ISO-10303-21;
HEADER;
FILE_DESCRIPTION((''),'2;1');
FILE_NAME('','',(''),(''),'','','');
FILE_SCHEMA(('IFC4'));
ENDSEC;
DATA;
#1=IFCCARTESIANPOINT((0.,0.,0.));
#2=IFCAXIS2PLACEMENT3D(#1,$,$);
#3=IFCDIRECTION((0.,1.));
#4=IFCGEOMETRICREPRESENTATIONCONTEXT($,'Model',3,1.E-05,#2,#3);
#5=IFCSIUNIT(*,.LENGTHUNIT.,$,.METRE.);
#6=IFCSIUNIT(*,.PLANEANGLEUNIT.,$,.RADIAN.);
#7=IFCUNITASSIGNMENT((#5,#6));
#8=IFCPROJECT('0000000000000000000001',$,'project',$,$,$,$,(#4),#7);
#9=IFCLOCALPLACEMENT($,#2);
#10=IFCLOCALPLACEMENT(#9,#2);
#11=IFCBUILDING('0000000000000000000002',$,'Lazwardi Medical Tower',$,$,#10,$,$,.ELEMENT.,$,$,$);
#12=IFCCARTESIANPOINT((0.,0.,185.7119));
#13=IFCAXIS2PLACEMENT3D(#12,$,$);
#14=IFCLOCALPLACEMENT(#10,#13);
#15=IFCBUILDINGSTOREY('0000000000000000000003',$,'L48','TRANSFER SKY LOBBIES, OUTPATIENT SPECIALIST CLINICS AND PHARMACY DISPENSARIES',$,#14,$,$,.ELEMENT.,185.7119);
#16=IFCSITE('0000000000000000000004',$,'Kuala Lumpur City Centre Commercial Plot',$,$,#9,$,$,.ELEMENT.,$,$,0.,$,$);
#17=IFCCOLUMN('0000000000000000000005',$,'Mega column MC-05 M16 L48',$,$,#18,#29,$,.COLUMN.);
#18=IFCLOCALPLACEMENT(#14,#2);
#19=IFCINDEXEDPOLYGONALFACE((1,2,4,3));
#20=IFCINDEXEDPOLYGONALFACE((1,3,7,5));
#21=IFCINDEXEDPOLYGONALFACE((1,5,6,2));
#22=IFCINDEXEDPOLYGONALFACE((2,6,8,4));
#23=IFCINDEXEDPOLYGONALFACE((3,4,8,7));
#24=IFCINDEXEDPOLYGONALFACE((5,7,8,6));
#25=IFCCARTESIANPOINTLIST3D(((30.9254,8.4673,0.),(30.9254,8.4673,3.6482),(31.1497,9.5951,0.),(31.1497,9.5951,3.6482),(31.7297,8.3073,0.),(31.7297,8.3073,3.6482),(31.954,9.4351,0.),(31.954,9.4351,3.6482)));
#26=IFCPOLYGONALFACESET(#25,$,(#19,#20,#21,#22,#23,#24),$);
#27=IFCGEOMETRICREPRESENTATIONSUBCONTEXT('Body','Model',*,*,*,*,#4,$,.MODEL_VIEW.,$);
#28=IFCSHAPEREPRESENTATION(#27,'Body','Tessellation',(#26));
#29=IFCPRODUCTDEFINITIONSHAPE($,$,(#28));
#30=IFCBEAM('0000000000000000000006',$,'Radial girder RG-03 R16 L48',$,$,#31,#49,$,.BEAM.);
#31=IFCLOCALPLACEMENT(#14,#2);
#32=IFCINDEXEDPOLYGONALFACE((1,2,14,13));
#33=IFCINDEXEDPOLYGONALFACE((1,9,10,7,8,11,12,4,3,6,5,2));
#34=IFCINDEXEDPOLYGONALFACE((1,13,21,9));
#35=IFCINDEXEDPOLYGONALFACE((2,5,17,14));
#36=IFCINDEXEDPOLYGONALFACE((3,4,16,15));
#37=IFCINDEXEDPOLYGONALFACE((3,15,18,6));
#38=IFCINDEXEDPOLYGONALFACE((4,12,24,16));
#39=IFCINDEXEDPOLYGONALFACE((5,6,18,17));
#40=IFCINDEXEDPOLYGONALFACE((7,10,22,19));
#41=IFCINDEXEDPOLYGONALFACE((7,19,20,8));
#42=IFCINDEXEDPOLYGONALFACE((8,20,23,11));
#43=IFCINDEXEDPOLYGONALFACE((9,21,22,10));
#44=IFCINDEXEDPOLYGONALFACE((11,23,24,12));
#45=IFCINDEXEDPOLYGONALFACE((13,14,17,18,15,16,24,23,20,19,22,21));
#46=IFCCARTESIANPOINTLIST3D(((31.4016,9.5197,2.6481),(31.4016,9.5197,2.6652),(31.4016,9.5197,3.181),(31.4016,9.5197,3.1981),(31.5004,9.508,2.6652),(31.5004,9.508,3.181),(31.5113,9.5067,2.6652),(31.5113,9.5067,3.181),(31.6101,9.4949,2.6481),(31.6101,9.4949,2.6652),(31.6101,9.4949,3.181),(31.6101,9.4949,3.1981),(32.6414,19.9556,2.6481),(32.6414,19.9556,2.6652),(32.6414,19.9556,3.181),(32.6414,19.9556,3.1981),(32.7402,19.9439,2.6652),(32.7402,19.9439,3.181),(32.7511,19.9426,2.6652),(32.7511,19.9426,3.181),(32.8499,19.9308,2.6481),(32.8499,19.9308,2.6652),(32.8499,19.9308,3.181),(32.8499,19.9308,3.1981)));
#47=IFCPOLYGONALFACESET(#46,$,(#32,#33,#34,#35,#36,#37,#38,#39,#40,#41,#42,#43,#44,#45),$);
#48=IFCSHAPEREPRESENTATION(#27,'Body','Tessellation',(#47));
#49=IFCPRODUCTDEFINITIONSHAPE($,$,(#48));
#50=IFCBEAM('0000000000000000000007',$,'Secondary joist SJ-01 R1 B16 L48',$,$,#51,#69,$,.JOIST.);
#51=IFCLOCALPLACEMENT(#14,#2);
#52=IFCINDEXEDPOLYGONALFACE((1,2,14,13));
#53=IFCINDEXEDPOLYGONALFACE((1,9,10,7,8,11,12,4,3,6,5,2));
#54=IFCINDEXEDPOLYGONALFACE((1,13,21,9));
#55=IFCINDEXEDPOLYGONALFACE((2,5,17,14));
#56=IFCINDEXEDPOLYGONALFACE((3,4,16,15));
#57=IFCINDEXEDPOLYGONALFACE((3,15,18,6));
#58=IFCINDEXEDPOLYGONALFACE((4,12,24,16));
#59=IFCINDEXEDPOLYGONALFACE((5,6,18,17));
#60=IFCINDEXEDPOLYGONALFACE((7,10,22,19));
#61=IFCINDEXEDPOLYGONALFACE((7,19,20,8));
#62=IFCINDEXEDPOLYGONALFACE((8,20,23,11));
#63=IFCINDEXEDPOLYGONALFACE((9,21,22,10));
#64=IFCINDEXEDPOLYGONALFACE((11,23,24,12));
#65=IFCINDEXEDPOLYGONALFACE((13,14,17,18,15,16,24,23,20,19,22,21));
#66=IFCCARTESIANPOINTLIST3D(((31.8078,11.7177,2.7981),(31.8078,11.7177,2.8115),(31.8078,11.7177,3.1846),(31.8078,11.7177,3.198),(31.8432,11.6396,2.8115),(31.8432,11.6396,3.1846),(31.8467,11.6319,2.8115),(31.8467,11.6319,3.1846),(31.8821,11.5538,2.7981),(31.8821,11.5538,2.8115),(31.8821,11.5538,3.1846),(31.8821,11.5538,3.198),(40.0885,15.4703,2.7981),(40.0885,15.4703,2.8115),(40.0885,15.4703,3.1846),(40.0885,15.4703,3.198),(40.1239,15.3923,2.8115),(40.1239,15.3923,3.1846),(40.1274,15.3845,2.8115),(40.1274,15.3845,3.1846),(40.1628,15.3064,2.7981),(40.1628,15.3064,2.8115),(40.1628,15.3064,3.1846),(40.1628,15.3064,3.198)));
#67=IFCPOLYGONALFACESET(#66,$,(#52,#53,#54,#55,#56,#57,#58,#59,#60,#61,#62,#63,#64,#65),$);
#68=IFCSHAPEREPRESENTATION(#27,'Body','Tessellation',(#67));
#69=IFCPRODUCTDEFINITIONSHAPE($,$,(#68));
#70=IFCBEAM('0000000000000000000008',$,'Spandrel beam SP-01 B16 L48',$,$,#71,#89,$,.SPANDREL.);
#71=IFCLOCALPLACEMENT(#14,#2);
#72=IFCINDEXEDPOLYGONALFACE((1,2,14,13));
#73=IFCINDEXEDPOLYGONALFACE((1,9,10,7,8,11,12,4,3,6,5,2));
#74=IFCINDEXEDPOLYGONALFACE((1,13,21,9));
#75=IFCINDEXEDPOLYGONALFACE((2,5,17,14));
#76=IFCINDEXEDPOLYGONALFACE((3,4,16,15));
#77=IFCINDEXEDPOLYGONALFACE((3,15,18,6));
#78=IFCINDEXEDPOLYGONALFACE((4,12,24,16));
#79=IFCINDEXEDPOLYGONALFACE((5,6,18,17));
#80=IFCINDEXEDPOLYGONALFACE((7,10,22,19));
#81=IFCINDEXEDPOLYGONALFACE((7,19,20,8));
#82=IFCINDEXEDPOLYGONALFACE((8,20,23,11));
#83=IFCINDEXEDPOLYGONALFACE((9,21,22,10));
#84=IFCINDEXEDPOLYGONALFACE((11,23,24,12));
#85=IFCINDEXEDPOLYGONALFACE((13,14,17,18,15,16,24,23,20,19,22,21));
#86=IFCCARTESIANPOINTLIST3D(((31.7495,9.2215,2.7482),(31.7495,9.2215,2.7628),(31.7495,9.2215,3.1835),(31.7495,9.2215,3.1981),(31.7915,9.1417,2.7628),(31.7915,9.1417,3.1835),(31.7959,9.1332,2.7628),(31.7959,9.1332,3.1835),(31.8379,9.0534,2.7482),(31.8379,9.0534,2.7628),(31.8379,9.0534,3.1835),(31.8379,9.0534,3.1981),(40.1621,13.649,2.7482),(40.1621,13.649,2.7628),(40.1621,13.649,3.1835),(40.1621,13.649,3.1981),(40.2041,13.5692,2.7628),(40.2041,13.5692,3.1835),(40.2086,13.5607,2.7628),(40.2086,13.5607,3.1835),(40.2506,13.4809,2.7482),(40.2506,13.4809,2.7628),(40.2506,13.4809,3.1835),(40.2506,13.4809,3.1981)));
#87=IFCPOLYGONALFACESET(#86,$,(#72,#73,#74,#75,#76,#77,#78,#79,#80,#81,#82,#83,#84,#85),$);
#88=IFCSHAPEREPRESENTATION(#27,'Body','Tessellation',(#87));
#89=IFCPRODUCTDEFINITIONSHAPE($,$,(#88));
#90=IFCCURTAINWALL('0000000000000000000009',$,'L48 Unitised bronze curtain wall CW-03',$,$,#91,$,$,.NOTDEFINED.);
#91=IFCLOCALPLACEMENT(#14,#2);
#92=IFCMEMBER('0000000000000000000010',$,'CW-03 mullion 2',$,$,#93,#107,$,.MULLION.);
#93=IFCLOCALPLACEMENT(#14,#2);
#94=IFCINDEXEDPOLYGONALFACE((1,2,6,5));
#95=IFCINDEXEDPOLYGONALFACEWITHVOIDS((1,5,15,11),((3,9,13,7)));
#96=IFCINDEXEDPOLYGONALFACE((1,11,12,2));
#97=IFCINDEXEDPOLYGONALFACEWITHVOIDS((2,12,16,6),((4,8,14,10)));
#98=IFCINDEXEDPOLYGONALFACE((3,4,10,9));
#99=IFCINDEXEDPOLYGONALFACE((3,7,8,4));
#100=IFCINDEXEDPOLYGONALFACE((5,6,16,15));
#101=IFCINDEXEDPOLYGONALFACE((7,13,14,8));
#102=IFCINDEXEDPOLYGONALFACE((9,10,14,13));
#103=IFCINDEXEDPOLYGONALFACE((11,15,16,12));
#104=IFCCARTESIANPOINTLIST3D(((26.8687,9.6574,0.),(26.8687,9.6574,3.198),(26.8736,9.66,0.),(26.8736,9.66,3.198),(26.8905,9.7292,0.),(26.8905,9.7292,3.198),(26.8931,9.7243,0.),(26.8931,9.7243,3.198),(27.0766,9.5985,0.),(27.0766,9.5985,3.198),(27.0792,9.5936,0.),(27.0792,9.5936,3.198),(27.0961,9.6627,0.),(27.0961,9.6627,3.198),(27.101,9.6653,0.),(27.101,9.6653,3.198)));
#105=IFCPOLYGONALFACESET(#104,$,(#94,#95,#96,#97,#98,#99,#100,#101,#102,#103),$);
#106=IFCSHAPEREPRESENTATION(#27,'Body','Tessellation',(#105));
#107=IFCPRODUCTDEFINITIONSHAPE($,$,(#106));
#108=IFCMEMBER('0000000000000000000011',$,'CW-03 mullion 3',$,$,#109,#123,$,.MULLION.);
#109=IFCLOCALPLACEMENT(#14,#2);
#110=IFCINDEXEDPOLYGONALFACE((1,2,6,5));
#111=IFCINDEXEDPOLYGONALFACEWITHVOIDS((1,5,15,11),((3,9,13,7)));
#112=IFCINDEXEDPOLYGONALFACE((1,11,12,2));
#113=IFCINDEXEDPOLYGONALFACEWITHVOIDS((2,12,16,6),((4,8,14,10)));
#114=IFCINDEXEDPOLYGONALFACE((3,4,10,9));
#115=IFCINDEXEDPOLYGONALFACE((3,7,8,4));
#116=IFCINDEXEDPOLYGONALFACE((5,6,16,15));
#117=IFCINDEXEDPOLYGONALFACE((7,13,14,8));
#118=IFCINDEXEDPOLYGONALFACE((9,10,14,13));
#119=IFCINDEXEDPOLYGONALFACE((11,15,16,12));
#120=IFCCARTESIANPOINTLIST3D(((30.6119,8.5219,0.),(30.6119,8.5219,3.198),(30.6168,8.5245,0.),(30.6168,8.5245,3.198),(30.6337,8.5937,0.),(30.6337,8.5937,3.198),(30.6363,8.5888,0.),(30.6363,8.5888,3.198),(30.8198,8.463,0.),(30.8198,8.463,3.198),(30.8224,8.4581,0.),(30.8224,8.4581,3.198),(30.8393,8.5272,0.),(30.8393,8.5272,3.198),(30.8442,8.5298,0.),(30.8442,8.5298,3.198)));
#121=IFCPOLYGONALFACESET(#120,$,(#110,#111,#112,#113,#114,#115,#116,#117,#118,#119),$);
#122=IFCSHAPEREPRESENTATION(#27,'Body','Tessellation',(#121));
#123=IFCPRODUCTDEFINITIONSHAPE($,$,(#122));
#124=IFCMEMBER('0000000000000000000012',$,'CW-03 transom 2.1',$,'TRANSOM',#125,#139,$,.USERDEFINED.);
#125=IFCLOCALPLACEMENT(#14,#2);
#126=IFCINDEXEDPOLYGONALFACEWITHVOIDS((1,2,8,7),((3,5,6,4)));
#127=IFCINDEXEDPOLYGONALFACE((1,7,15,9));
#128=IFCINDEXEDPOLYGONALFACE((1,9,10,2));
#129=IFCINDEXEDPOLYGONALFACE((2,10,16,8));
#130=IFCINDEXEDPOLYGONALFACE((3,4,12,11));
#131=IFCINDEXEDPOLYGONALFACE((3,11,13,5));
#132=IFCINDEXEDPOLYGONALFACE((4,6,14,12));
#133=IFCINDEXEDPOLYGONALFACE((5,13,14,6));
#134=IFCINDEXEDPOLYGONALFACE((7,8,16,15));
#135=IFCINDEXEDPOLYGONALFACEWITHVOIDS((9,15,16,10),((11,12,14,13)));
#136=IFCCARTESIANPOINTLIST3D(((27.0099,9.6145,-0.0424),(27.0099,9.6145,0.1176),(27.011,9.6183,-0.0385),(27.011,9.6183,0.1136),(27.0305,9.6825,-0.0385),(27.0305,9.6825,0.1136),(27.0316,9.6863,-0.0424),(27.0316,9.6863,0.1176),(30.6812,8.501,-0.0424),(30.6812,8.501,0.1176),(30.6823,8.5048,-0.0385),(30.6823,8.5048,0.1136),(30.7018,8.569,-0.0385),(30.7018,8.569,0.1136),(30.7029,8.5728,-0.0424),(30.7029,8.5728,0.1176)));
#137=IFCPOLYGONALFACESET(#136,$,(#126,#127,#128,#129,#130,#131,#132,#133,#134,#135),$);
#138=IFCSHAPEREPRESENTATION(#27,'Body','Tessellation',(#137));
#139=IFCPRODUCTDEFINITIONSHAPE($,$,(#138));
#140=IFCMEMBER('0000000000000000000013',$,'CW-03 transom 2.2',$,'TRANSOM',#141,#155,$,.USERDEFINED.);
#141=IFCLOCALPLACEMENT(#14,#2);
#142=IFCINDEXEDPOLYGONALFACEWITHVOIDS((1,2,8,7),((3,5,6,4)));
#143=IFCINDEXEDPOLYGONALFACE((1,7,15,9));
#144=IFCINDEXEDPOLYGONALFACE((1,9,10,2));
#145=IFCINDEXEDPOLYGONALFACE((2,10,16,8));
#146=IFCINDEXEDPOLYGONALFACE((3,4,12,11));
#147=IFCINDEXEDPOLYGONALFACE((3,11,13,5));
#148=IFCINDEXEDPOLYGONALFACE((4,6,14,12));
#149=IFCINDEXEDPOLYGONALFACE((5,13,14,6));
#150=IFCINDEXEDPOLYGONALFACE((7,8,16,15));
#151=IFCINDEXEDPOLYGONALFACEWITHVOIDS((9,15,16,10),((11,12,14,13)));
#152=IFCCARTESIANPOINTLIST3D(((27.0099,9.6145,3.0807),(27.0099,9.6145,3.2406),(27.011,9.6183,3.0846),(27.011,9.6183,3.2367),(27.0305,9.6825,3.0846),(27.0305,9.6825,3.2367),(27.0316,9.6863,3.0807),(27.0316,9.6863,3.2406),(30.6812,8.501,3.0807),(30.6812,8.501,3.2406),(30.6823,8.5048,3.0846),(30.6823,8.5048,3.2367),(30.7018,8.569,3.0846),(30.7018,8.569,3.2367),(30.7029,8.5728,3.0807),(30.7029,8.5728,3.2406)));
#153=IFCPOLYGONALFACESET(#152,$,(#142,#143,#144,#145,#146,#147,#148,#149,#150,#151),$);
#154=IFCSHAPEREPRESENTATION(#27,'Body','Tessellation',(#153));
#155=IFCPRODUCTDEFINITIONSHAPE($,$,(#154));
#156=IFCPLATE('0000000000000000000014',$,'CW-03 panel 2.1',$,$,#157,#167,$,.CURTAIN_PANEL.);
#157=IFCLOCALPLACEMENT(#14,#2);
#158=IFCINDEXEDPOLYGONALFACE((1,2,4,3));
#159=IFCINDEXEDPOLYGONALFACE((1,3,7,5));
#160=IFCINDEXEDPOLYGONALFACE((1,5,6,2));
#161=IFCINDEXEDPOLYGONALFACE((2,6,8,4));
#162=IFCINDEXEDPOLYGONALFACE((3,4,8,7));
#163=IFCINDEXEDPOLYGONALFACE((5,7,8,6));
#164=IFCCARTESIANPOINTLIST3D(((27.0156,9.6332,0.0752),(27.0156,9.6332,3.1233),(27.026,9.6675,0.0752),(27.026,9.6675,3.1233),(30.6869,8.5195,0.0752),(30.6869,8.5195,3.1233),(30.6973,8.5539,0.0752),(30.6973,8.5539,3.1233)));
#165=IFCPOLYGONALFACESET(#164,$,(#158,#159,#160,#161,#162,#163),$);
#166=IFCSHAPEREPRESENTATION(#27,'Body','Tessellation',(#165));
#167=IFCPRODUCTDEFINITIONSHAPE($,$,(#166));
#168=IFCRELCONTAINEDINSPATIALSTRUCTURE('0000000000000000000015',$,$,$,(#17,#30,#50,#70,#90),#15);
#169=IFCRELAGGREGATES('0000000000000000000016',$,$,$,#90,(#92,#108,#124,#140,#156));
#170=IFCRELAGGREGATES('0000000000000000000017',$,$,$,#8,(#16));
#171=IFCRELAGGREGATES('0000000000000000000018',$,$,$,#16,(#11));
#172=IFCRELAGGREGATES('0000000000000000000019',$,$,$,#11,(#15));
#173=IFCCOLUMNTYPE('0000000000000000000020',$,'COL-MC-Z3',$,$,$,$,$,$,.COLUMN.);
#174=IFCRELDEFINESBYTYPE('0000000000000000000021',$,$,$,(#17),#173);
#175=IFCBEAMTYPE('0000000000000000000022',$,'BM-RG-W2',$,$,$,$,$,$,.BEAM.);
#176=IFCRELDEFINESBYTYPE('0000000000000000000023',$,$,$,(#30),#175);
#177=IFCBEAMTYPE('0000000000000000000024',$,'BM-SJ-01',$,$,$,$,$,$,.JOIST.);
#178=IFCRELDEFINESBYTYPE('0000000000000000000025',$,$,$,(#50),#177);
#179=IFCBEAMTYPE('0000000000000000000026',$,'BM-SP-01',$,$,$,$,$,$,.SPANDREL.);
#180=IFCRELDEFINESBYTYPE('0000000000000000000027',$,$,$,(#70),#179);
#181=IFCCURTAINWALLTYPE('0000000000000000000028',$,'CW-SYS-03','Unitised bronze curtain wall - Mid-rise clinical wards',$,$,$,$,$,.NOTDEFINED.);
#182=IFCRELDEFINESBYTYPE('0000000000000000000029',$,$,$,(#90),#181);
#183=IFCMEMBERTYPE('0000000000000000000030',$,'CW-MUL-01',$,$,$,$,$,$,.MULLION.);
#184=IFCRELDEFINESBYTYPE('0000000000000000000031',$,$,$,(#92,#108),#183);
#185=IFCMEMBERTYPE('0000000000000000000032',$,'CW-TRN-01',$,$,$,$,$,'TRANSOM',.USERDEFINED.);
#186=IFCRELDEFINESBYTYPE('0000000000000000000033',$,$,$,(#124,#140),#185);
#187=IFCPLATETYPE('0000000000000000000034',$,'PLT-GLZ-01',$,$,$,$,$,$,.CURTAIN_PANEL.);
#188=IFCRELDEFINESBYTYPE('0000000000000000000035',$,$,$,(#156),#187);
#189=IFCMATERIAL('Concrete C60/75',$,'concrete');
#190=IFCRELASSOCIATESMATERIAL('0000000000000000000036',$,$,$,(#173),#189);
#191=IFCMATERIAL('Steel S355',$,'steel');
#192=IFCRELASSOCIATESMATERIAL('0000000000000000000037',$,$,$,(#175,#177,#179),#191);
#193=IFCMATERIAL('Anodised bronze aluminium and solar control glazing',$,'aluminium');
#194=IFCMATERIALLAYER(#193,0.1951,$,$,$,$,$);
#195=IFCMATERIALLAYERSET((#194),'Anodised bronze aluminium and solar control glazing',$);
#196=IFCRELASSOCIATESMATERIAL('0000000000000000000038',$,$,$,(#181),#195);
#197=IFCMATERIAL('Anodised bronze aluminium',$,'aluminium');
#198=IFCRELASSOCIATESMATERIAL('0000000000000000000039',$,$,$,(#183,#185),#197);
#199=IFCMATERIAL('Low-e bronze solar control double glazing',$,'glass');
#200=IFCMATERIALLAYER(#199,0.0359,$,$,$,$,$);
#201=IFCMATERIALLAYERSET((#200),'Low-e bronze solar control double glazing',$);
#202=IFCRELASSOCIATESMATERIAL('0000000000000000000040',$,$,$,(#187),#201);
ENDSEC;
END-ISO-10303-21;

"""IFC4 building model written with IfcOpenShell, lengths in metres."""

from ifc_helpers import new_model, si_unit, direction, frame, origin, origin_2d, place, context, subcontext, project, spatial, rectangle, hollow_rectangle, i_section, extrude, material, layer, layer_set, material_profile, profile_set, type_object, element, aggregate, save


model = new_model("IFC4")

# Units and contexts
model_context = context("Model", 3, precision=1e-05, world=origin(), true_north=direction((0.0, 1.0)))
body_context = subcontext(model_context, "Body", "Model", "MODEL_VIEW")
ifc_project = project(units=[si_unit("LENGTHUNIT", "METRE"), si_unit("PLANEANGLEUNIT", "RADIAN")], contexts=[model_context])

# Site, building, storey
site_placement = place(None, origin())
site = spatial("IfcSite", under=ifc_project, at=site_placement, Name="Kuala Lumpur City Centre Commercial Plot", CompositionType="ELEMENT", RefElevation=0.0)
building_placement = place(site_placement, origin())
building = spatial("IfcBuilding", under=site, at=building_placement, Name="Lazwardi Medical Tower", CompositionType="ELEMENT")
storey_placement = place(building_placement, frame((0.0, 0.0, 185.7119)))
storey = spatial("IfcBuildingStorey", under=building, at=storey_placement, Name="L48", Description="TRANSFER SKY LOBBIES, OUTPATIENT SPECIALIST CLINICS AND PHARMACY DISPENSARIES", CompositionType="ELEMENT", Elevation=185.7119)

# Column
ifc_material_1 = material(Name="Concrete C60/75", Category="concrete")
ifc_material_profile_1 = material_profile(ifc_material_1, rectangle(XDim=1.1499, YDim=0.8201, at=origin_2d()), Name="CFT-RECT 1150x820")
ifc_profile_set_1 = profile_set([ifc_material_profile_1], Name="Concrete C60/75")
column_type = type_object("IfcColumnType", Name="COL-MC-Z3", PredefinedType="COLUMN", material=ifc_profile_set_1)
column_placement = place(storey_placement, frame((31.4397, 8.9512, 0.0), z_axis=(0.0, 0.0, 1.0), x_axis=(-0.19509, -0.980785, 0.0)))
element("IfcColumn", 1, at=column_placement, inside=storey, type_object=column_type, Name="Mega column MC-05 M16 L48", PredefinedType="COLUMN", context=body_context, shape_type="SweptSolid", body=[
    extrude(rectangle(XDim=1.1499, YDim=0.8201, at=origin_2d()), origin(), (0.0, 0.0, 1.0), 3.6482),
])

# Beams
ifc_material_2 = material(Name="Steel S355", Category="steel")
ifc_material_profile_2 = material_profile(ifc_material_2, i_section(OverallWidth=0.21, OverallDepth=0.55, WebThickness=0.011, FlangeThickness=0.0171, at=origin_2d()), Name="IPE 550")
ifc_profile_set_2 = profile_set([ifc_material_profile_2], Name="Steel S355")
beam_type_1 = type_object("IfcBeamType", Name="BM-RG-W2", PredefinedType="BEAM", material=ifc_profile_set_2)
beam_1_placement = place(storey_placement, frame((31.5059, 9.5073, 2.9231), z_axis=(0.117968, 0.993017, 0.0), x_axis=(-0.993017, 0.117968, 0.0)))
element("IfcBeam", 2, at=beam_1_placement, inside=storey, type_object=beam_type_1, Name="Radial girder RG-03 R16 L48", PredefinedType="BEAM", context=body_context, shape_type="SweptSolid", body=[
    extrude(i_section(OverallWidth=0.21, OverallDepth=0.55, WebThickness=0.011, FlangeThickness=0.0171, at=origin_2d()), origin(), (0.0, 0.0, 1.0), 10.5093),
])
ifc_material_profile_3 = material_profile(ifc_material_2, i_section(OverallWidth=0.1799, OverallDepth=0.3999, WebThickness=0.0085, FlangeThickness=0.0134, at=origin_2d()), Name="IPE 400")
ifc_profile_set_3 = profile_set([ifc_material_profile_3], Name="Steel S355")
beam_type_2 = type_object("IfcBeamType", Name="BM-SJ-01", PredefinedType="JOIST", material=ifc_profile_set_3)
beam_2_placement = place(storey_placement, frame((31.845, 11.6357, 2.998), z_axis=(0.910834, 0.412773, 0.0), x_axis=(-0.412773, 0.910834, 0.0)))
element("IfcBeam", 3, at=beam_2_placement, inside=storey, type_object=beam_type_2, Name="Secondary joist SJ-01 R1 B16 L48", PredefinedType="JOIST", context=body_context, shape_type="SweptSolid", body=[
    extrude(i_section(OverallWidth=0.1799, OverallDepth=0.3999, WebThickness=0.0085, FlangeThickness=0.0134, at=origin_2d()), origin(), (0.0, 0.0, 1.0), 9.0913),
])
ifc_material_profile_4 = material_profile(ifc_material_2, i_section(OverallWidth=0.1899, OverallDepth=0.45, WebThickness=0.0095, FlangeThickness=0.0146, at=origin_2d()), Name="IPE 450")
ifc_profile_set_4 = profile_set([ifc_material_profile_4], Name="Steel S355")
beam_type_3 = type_object("IfcBeamType", Name="BM-SP-01", PredefinedType="SPANDREL", material=ifc_profile_set_4)
beam_3_placement = place(storey_placement, frame((31.7937, 9.1375, 2.9731), z_axis=(0.884927, 0.465731, 0.0), x_axis=(-0.465731, 0.884927, 0.0)))
element("IfcBeam", 4, at=beam_3_placement, inside=storey, type_object=beam_type_3, Name="Spandrel beam SP-01 B16 L48", PredefinedType="SPANDREL", context=body_context, shape_type="SweptSolid", body=[
    extrude(i_section(OverallWidth=0.1899, OverallDepth=0.45, WebThickness=0.0095, FlangeThickness=0.0146, at=origin_2d()), origin(), (0.0, 0.0, 1.0), 9.5066),
])

# Curtain wall, members, plate
ifc_material_3 = material(Name="Anodised bronze aluminium and solar control glazing", Category="aluminium")
ifc_layer_1 = layer(ifc_material_3, 0.1951)
ifc_layer_set_1 = layer_set([ifc_layer_1], Name="Anodised bronze aluminium and solar control glazing")
curtain_wall_type = type_object("IfcCurtainWallType", Name="CW-SYS-03", Description="Unitised bronze curtain wall - Mid-rise clinical wards", PredefinedType="NOTDEFINED", material=ifc_layer_set_1)
curtain_wall_placement = place(storey_placement, origin())
curtain_wall = element("IfcCurtainWall", 5, at=curtain_wall_placement, inside=storey, type_object=curtain_wall_type, Name="L48 Unitised bronze curtain wall CW-03", PredefinedType="NOTDEFINED")
ifc_material_4 = material(Name="Anodised bronze aluminium", Category="aluminium")
ifc_material_profile_5 = material_profile(ifc_material_4, hollow_rectangle(XDim=0.075, YDim=0.22, WallThickness=0.0039, at=origin_2d()), Name="ALU-MULLION 220x75x4")
ifc_profile_set_5 = profile_set([ifc_material_profile_5], Name="Anodised bronze aluminium")
member_type_1 = type_object("IfcMemberType", Name="CW-MUL-01", PredefinedType="MULLION", material=ifc_profile_set_5)
member_1_placement = place(storey_placement, frame((26.9849, 9.6614, 0.0), z_axis=(0.0, 0.0, 1.0), x_axis=(0.290281, 0.956942, 0.0)))
member_1 = element("IfcMember", 6, at=member_1_placement, type_object=member_type_1, Name="CW-03 mullion 2", PredefinedType="MULLION", context=body_context, shape_type="SweptSolid", body=[
    extrude(hollow_rectangle(XDim=0.075, YDim=0.22, WallThickness=0.0039, at=origin_2d()), origin(), (0.0, 0.0, 1.0), 3.198),
])
member_2_placement = place(storey_placement, frame((30.728, 8.5259, 0.0), z_axis=(0.0, 0.0, 1.0), x_axis=(0.290281, 0.956942, 0.0)))
member_2 = element("IfcMember", 7, at=member_2_placement, type_object=member_type_1, Name="CW-03 mullion 3", PredefinedType="MULLION", context=body_context, shape_type="SweptSolid", body=[
    extrude(hollow_rectangle(XDim=0.075, YDim=0.22, WallThickness=0.0039, at=origin_2d()), origin(), (0.0, 0.0, 1.0), 3.198),
])
ifc_material_profile_6 = material_profile(ifc_material_4, hollow_rectangle(XDim=0.075, YDim=0.1599, WallThickness=0.0039, at=origin_2d()), Name="ALU-TRANSOM 160x75x4")
ifc_profile_set_6 = profile_set([ifc_material_profile_6], Name="Anodised bronze aluminium")
member_type_2 = type_object("IfcMemberType", Name="CW-TRN-01", ElementType="TRANSOM", PredefinedType="USERDEFINED", material=ifc_profile_set_6)
member_3_placement = place(storey_placement, frame((27.0208, 9.6504, 0.0376), z_axis=(0.956953, -0.290242, 0.0), x_axis=(0.290242, 0.956953, 0.0)))
member_3 = element("IfcMember", 8, at=member_3_placement, type_object=member_type_2, Name="CW-03 transom 2.1", ObjectType="TRANSOM", PredefinedType="USERDEFINED", context=body_context, shape_type="SweptSolid", body=[
    extrude(hollow_rectangle(XDim=0.075, YDim=0.1599, WallThickness=0.0039, at=origin_2d()), origin(), (0.0, 0.0, 1.0), 3.8364),
])
member_4_placement = place(storey_placement, frame((27.0208, 9.6504, 3.1606), z_axis=(0.956953, -0.290242, 0.0), x_axis=(0.290242, 0.956953, 0.0)))
member_4 = element("IfcMember", 9, at=member_4_placement, type_object=member_type_2, Name="CW-03 transom 2.2", ObjectType="TRANSOM", PredefinedType="USERDEFINED", context=body_context, shape_type="SweptSolid", body=[
    extrude(hollow_rectangle(XDim=0.075, YDim=0.1599, WallThickness=0.0039, at=origin_2d()), origin(), (0.0, 0.0, 1.0), 3.8364),
])
ifc_material_5 = material(Name="Low-e bronze solar control double glazing", Category="glass")
ifc_layer_2 = layer(ifc_material_5, 0.0359)
ifc_layer_set_2 = layer_set([ifc_layer_2], Name="Low-e bronze solar control double glazing")
plate_type = type_object("IfcPlateType", Name="PLT-GLZ-01", PredefinedType="CURTAIN_PANEL", material=ifc_layer_set_2)
plate_placement = place(storey_placement, frame((28.8564, 9.0935, 0.0752), z_axis=(0.0, 0.0, 1.0), x_axis=(0.956942, -0.290281, 0.0)))
plate = element("IfcPlate", 10, at=plate_placement, type_object=plate_type, Name="CW-03 panel 2.1", PredefinedType="CURTAIN_PANEL", context=body_context, shape_type="SweptSolid", body=[
    extrude(rectangle(XDim=3.8364, YDim=0.0359, at=origin_2d()), origin(), (0.0, 0.0, 1.0), 3.0481),
])
aggregate(curtain_wall, [member_1, member_2, member_3, member_4, plate])

save(model, "model.ifc")
